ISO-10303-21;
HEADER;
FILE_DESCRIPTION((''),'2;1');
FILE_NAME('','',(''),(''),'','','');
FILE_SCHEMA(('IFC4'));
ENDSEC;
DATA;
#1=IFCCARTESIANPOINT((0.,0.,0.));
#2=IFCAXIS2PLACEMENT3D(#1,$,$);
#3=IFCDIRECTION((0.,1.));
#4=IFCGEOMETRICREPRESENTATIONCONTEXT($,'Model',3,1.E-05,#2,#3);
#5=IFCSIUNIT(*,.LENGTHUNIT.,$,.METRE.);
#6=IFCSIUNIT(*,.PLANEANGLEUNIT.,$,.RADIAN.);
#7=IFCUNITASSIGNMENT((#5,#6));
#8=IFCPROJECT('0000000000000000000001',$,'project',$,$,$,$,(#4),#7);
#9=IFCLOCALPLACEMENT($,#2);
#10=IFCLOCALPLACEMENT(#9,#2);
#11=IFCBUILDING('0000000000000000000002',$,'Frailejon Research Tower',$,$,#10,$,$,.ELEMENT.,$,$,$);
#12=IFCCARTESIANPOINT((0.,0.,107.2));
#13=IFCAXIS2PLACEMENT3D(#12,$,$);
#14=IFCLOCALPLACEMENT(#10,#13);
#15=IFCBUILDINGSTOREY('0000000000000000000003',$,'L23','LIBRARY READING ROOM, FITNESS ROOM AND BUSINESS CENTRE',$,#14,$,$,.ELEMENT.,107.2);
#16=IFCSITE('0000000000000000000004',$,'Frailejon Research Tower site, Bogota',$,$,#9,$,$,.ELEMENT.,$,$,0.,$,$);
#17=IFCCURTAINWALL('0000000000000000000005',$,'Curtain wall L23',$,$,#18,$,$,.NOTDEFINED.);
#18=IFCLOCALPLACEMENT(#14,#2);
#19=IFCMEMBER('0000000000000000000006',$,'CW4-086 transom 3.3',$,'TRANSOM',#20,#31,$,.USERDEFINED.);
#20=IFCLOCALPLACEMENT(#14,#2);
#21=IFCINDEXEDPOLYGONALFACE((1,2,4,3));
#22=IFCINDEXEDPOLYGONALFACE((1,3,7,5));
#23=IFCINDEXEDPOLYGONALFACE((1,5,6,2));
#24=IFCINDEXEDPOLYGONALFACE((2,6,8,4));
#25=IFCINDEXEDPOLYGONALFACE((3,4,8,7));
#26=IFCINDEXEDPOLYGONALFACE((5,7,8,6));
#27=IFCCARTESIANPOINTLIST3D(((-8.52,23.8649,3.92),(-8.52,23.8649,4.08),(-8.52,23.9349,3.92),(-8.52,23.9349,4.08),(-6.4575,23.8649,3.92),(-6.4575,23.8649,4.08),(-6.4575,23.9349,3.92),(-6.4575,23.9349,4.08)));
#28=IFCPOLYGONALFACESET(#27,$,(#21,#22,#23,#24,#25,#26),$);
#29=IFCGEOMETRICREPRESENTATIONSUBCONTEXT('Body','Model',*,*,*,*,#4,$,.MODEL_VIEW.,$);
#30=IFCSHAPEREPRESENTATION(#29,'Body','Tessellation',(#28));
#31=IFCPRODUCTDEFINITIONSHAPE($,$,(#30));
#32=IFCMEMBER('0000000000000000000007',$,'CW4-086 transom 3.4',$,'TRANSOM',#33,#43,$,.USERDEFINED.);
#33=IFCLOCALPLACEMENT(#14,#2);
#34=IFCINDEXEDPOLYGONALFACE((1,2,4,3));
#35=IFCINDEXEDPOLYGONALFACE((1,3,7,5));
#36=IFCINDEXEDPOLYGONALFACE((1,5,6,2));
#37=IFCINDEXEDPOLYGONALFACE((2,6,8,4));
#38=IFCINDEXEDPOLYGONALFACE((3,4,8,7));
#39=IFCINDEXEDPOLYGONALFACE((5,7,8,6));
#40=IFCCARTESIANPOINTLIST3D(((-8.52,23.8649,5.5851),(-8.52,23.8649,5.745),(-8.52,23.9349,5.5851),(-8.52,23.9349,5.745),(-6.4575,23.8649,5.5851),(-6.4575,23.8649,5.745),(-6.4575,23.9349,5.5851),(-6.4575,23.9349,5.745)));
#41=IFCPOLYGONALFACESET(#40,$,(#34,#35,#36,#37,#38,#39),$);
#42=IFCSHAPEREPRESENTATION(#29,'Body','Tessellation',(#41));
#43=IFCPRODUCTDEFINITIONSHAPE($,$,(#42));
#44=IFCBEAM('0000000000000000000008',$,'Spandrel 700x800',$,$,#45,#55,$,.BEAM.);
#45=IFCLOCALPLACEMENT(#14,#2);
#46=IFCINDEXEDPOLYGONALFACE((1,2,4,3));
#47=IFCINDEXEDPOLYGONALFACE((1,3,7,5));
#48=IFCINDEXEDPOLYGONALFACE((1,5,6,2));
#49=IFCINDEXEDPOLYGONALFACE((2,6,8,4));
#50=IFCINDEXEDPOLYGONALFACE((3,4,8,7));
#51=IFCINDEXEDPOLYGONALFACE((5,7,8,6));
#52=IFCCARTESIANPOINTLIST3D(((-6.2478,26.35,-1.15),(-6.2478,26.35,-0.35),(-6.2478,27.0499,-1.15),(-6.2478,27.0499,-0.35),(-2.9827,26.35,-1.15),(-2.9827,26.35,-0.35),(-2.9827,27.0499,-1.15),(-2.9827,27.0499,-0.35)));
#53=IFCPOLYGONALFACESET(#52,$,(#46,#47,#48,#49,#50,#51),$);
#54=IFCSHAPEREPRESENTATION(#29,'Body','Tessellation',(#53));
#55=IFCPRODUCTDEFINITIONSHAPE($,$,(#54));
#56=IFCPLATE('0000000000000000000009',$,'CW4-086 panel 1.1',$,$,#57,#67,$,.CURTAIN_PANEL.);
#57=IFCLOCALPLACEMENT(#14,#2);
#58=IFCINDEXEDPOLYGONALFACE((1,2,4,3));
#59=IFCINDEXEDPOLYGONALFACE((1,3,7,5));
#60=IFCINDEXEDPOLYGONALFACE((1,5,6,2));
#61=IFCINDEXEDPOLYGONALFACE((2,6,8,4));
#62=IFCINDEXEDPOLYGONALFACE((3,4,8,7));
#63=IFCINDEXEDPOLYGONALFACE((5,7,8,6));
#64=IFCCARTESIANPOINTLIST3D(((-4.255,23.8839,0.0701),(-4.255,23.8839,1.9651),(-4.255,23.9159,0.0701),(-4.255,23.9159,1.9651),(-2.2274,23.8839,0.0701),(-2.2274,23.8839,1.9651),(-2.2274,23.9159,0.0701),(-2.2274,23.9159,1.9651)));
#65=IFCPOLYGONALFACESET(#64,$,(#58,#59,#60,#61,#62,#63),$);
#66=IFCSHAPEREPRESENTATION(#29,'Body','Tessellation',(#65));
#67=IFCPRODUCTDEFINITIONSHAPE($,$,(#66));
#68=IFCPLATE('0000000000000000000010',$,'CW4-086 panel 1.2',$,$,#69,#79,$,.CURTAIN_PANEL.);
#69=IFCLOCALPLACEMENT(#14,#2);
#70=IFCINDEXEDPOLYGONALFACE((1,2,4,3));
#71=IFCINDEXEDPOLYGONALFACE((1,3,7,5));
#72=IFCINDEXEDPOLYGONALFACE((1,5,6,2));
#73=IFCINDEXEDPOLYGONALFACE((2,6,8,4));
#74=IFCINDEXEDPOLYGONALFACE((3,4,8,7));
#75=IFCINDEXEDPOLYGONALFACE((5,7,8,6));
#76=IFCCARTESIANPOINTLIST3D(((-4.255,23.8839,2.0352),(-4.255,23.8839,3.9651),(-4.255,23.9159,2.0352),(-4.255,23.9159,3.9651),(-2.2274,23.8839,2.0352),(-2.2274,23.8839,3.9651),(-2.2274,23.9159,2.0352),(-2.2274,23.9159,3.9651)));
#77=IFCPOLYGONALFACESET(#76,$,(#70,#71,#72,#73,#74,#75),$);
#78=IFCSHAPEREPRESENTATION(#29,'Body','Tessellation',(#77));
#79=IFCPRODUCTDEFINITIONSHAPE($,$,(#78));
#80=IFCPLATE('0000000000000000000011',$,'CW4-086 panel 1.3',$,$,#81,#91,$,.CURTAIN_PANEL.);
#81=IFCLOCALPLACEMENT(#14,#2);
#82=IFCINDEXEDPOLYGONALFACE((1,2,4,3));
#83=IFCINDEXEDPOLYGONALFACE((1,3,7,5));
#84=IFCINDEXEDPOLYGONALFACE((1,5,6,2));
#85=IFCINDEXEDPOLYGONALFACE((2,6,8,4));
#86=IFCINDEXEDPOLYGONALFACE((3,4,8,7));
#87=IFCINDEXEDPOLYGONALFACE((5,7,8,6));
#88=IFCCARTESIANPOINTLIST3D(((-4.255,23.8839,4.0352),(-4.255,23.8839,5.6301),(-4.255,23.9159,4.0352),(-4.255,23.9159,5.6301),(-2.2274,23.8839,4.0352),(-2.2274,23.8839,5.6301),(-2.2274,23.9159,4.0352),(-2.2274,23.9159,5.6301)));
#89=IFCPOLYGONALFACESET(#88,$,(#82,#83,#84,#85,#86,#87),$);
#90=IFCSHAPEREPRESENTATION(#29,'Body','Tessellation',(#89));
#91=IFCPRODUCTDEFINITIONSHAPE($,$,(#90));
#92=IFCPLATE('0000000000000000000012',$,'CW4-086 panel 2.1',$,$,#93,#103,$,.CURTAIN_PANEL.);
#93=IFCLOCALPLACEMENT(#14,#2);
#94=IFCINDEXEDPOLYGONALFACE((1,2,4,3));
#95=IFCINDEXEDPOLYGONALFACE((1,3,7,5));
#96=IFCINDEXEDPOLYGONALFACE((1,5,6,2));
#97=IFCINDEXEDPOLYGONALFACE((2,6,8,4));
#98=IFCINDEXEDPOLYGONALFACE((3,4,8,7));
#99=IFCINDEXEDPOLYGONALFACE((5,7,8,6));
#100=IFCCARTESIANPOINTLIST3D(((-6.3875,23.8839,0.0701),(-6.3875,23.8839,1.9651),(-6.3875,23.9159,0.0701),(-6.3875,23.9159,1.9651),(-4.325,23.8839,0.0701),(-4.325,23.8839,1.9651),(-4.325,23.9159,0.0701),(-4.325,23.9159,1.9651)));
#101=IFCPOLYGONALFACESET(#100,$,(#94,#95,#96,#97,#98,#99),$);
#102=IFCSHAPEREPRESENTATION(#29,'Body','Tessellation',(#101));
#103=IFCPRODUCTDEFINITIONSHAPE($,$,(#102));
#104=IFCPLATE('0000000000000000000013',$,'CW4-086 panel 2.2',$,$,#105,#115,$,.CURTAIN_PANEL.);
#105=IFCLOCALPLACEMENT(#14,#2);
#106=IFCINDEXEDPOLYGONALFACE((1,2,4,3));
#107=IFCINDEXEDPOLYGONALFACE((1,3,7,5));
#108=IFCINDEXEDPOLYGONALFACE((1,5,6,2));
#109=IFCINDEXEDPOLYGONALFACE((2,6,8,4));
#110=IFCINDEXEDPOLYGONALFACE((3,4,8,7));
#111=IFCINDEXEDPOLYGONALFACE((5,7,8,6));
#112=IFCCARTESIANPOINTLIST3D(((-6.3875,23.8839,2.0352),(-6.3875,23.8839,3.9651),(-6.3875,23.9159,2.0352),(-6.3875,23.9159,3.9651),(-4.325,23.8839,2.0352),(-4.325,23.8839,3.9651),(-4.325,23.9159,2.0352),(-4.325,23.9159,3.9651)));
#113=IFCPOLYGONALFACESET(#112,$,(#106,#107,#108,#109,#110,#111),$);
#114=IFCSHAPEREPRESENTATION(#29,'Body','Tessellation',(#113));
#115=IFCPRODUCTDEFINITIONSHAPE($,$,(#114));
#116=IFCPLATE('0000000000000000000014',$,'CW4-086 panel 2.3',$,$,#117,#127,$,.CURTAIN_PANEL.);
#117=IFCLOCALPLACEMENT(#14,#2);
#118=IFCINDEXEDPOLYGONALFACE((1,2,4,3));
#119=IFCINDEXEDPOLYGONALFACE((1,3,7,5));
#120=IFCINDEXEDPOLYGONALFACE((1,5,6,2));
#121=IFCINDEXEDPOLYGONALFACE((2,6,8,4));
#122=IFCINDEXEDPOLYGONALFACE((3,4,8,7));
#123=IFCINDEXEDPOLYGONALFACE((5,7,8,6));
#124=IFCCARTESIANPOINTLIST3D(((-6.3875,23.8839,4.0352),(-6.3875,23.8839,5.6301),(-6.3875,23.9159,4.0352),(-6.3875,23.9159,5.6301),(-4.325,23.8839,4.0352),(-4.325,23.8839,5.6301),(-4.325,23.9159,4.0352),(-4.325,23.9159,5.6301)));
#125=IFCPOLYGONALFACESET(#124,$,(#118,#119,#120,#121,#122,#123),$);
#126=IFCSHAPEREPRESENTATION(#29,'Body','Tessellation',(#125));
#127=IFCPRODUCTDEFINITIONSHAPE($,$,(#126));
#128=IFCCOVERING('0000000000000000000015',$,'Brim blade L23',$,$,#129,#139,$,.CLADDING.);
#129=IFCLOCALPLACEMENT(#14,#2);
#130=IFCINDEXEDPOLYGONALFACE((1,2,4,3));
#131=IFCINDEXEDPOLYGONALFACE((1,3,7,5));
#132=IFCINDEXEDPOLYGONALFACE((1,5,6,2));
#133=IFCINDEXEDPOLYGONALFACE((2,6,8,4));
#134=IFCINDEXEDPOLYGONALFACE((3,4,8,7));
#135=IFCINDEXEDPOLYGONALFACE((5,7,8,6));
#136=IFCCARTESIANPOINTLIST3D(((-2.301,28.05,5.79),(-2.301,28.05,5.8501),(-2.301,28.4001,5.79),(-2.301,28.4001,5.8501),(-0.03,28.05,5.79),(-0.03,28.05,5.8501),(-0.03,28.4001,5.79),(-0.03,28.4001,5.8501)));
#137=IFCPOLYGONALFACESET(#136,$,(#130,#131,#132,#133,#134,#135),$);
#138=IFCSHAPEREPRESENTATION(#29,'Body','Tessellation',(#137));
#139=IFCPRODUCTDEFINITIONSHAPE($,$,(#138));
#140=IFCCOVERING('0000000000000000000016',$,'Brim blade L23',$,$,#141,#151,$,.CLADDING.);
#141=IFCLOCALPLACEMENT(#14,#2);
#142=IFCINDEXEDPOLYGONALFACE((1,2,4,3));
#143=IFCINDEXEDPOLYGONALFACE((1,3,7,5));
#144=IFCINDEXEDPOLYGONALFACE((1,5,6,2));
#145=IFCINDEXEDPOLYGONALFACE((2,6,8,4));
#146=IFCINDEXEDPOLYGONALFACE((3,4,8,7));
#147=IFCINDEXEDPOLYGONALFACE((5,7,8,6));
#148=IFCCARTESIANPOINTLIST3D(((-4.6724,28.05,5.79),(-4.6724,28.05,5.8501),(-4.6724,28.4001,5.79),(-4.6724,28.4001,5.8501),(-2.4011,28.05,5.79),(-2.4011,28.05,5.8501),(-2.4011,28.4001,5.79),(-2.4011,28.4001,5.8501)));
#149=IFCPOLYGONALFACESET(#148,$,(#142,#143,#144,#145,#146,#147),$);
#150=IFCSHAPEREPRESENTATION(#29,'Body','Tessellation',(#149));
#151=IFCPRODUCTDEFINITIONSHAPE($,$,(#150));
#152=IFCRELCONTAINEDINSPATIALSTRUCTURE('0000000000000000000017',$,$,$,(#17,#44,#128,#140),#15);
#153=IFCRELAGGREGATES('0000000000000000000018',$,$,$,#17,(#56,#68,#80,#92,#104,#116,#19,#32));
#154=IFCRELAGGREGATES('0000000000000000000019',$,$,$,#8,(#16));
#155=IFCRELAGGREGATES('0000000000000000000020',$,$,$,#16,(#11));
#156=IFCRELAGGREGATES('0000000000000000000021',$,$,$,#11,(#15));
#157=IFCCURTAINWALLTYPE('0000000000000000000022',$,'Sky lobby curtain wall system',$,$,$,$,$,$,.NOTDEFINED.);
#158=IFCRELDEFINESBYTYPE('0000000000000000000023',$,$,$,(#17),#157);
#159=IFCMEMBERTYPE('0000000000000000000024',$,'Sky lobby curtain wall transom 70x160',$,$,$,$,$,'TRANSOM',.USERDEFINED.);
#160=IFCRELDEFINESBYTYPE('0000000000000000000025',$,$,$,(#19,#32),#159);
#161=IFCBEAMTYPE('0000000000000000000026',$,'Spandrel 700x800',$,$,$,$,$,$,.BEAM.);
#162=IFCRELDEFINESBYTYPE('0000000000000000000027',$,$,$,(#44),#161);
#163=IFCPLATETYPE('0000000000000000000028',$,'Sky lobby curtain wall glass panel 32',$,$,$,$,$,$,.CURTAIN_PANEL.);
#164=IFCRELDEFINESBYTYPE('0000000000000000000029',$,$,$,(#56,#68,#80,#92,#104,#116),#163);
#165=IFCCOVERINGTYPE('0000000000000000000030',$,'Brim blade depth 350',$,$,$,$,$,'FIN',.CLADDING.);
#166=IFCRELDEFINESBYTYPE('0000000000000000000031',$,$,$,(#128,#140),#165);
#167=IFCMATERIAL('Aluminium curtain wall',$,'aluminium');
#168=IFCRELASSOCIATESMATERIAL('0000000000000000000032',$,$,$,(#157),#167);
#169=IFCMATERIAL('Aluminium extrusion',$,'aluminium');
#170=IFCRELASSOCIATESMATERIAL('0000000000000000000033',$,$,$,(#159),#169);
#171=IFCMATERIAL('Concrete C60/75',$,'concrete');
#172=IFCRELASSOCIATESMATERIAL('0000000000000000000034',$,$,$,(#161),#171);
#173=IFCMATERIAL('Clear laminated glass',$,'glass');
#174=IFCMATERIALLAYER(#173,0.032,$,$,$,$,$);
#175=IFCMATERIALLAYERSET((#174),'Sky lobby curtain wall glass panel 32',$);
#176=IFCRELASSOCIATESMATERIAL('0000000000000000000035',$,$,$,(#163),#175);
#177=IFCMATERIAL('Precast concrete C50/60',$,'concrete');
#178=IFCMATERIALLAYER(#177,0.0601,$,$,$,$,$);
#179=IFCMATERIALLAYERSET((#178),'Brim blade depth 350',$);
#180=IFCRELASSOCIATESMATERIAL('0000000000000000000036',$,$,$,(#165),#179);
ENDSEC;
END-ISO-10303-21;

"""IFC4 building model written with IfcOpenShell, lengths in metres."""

from ifc_helpers import new_model, si_unit, direction, frame, origin, origin_2d, place, context, subcontext, project, spatial, polyline, rectangle, outline, extrude, material, layer, layer_set, material_profile, profile_set, type_object, element, aggregate, save


model = new_model("IFC4")

# Units and contexts
model_context = context("Model", 3, precision=1e-05, world=origin(), true_north=direction((0.0, 1.0)))
body_context = subcontext(model_context, "Body", "Model", "MODEL_VIEW")
ifc_project = project(units=[si_unit("LENGTHUNIT", "METRE"), si_unit("PLANEANGLEUNIT", "RADIAN")], contexts=[model_context])

# Site, building, storey
site_placement = place(None, origin())
site = spatial("IfcSite", under=ifc_project, at=site_placement, Name="Frailejon Research Tower site, Bogota", CompositionType="ELEMENT", RefElevation=0.0)
building_placement = place(site_placement, origin())
building = spatial("IfcBuilding", under=site, at=building_placement, Name="Frailejon Research Tower", CompositionType="ELEMENT")
storey_placement = place(building_placement, frame((0.0, 0.0, 107.2)))
storey = spatial("IfcBuildingStorey", under=building, at=storey_placement, Name="L23", Description="LIBRARY READING ROOM, FITNESS ROOM AND BUSINESS CENTRE", CompositionType="ELEMENT", Elevation=107.2)

# Curtain wall, members
ifc_material_1 = material(Name="Aluminium curtain wall", Category="aluminium")
curtain_wall_type = type_object("IfcCurtainWallType", Name="Sky lobby curtain wall system", PredefinedType="NOTDEFINED", material=ifc_material_1)
curtain_wall_placement = place(storey_placement, origin())
curtain_wall = element("IfcCurtainWall", 1, at=curtain_wall_placement, inside=storey, type_object=curtain_wall_type, Name="Curtain wall L23", PredefinedType="NOTDEFINED")
ifc_material_2 = material(Name="Aluminium extrusion", Category="aluminium")
ifc_material_profile_1 = material_profile(ifc_material_2, rectangle(XDim=0.0701, YDim=0.1599, at=origin_2d()), Name="Sky lobby curtain wall transom 70x160")
ifc_profile_set_1 = profile_set([ifc_material_profile_1], Name="Aluminium extrusion")
member_type_1 = type_object("IfcMemberType", Name="Sky lobby curtain wall transom 70x160", ElementType="TRANSOM", PredefinedType="USERDEFINED", material=ifc_profile_set_1)
member_1_placement = place(storey_placement, frame((-6.4575, 23.8999, 4.0), z_axis=(-1.0, 0.0, 0.0), x_axis=(0.0, -1.0, 0.0)))
member_1 = element("IfcMember", 2, at=member_1_placement, type_object=member_type_1, Name="CW4-086 transom 3.3", ObjectType="TRANSOM", PredefinedType="USERDEFINED", context=body_context, shape_type="SweptSolid", body=[
    extrude(rectangle(XDim=0.0701, YDim=0.1599, at=origin_2d()), origin(), (0.0, 0.0, 1.0), 2.0625),
])
member_2_placement = place(storey_placement, frame((-6.4575, 23.8999, 5.665), z_axis=(-1.0, 0.0, 0.0), x_axis=(0.0, -1.0, 0.0)))
member_2 = element("IfcMember", 3, at=member_2_placement, type_object=member_type_1, Name="CW4-086 transom 3.4", ObjectType="TRANSOM", PredefinedType="USERDEFINED", context=body_context, shape_type="SweptSolid", body=[
    extrude(rectangle(XDim=0.0701, YDim=0.1599, at=origin_2d()), origin(), (0.0, 0.0, 1.0), 2.0625),
])

# Beam
ifc_material_3 = material(Name="Concrete C60/75", Category="concrete")
ifc_material_profile_2 = material_profile(ifc_material_3, rectangle(XDim=0.7, YDim=0.8, at=origin_2d()), Name="Spandrel 700x800")
ifc_profile_set_2 = profile_set([ifc_material_profile_2], Name="Concrete C60/75")
beam_type_1 = type_object("IfcBeamType", Name="Spandrel 700x800", PredefinedType="BEAM", material=ifc_profile_set_2)
beam_1_placement = place(storey_placement, frame((-2.9827, 26.7, -0.75), z_axis=(-1.0, 0.0, 0.0), x_axis=(0.0, -1.0, 0.0)))
element("IfcBeam", 4, at=beam_1_placement, inside=storey, type_object=beam_type_1, Name="Spandrel 700x800", PredefinedType="BEAM", context=body_context, shape_type="SweptSolid", body=[
    extrude(rectangle(XDim=0.7, YDim=0.8, at=origin_2d()), origin(), (0.0, 0.0, 1.0), 3.2651),
])

# Plates
ifc_material_4 = material(Name="Clear laminated glass", Category="glass")
ifc_layer_1 = layer(ifc_material_4, 0.032)
ifc_layer_set_1 = layer_set([ifc_layer_1], Name="Sky lobby curtain wall glass panel 32")
plate_type = type_object("IfcPlateType", Name="Sky lobby curtain wall glass panel 32", PredefinedType="CURTAIN_PANEL", material=ifc_layer_set_1)
plate_1_placement = place(storey_placement, frame((-3.2412, 23.8999, 0.0701), z_axis=(0.0, 0.0, 1.0), x_axis=(-1.0, 0.0, 0.0)))
plate_1 = element("IfcPlate", 5, at=plate_1_placement, type_object=plate_type, Name="CW4-086 panel 1.1", PredefinedType="CURTAIN_PANEL", context=body_context, shape_type="SweptSolid", body=[
    extrude(rectangle(XDim=2.0276, YDim=0.032, at=origin_2d()), origin(), (0.0, 0.0, 1.0), 1.895),
])
plate_2_placement = place(storey_placement, frame((-3.2412, 23.8999, 2.0352), z_axis=(0.0, 0.0, 1.0), x_axis=(-1.0, 0.0, 0.0)))
plate_2 = element("IfcPlate", 6, at=plate_2_placement, type_object=plate_type, Name="CW4-086 panel 1.2", PredefinedType="CURTAIN_PANEL", context=body_context, shape_type="SweptSolid", body=[
    extrude(rectangle(XDim=2.0276, YDim=0.032, at=origin_2d()), origin(), (0.0, 0.0, 1.0), 1.9299),
])
plate_3_placement = place(storey_placement, frame((-3.2412, 23.8999, 4.0352), z_axis=(0.0, 0.0, 1.0), x_axis=(-1.0, 0.0, 0.0)))
plate_3 = element("IfcPlate", 7, at=plate_3_placement, type_object=plate_type, Name="CW4-086 panel 1.3", PredefinedType="CURTAIN_PANEL", context=body_context, shape_type="SweptSolid", body=[
    extrude(rectangle(XDim=2.0276, YDim=0.032, at=origin_2d()), origin(), (0.0, 0.0, 1.0), 1.595),
])
plate_4_placement = place(storey_placement, frame((-5.3562, 23.8999, 0.0701), z_axis=(0.0, 0.0, 1.0), x_axis=(-1.0, 0.0, 0.0)))
plate_4 = element("IfcPlate", 8, at=plate_4_placement, type_object=plate_type, Name="CW4-086 panel 2.1", PredefinedType="CURTAIN_PANEL", context=body_context, shape_type="SweptSolid", body=[
    extrude(rectangle(XDim=2.0625, YDim=0.032, at=origin_2d()), origin(), (0.0, 0.0, 1.0), 1.895),
])
plate_5_placement = place(storey_placement, frame((-5.3562, 23.8999, 2.0352), z_axis=(0.0, 0.0, 1.0), x_axis=(-1.0, 0.0, 0.0)))
plate_5 = element("IfcPlate", 9, at=plate_5_placement, type_object=plate_type, Name="CW4-086 panel 2.2", PredefinedType="CURTAIN_PANEL", context=body_context, shape_type="SweptSolid", body=[
    extrude(rectangle(XDim=2.0625, YDim=0.032, at=origin_2d()), origin(), (0.0, 0.0, 1.0), 1.9299),
])
plate_6_placement = place(storey_placement, frame((-5.3562, 23.8999, 4.0352), z_axis=(0.0, 0.0, 1.0), x_axis=(-1.0, 0.0, 0.0)))
plate_6 = element("IfcPlate", 10, at=plate_6_placement, type_object=plate_type, Name="CW4-086 panel 2.3", PredefinedType="CURTAIN_PANEL", context=body_context, shape_type="SweptSolid", body=[
    extrude(rectangle(XDim=2.0625, YDim=0.032, at=origin_2d()), origin(), (0.0, 0.0, 1.0), 1.595),
])
aggregate(curtain_wall, [plate_1, plate_2, plate_3, plate_4, plate_5, plate_6, member_1, member_2])

# Coverings
ifc_material_5 = material(Name="Precast concrete C50/60", Category="concrete")
ifc_layer_2 = layer(ifc_material_5, 0.0601)
ifc_layer_set_2 = layer_set([ifc_layer_2], Name="Brim blade depth 350")
covering_type = type_object("IfcCoveringType", Name="Brim blade depth 350", ElementType="FIN", PredefinedType="CLADDING", material=ifc_layer_set_2)
covering_1_placement = place(storey_placement, frame((-2.301, 28.05, 5.8501), z_axis=(1.0, 0.0, 0.0), x_axis=(0.0, 1.0, 0.0)))
element("IfcCovering", 11, at=covering_1_placement, inside=storey, type_object=covering_type, Name="Brim blade L23", PredefinedType="CLADDING", context=body_context, shape_type="SweptSolid", body=[
    extrude(outline(polyline([(0.0, -0.0601), (0.3501, -0.0601), (0.3501, 0.0), (0.0, 0.0), (0.0, -0.0601)])), origin(), (0.0, 0.0, 1.0), 2.271),
])
covering_2_placement = place(storey_placement, frame((-4.6724, 28.05, 5.8501), z_axis=(1.0, 0.0, 0.0), x_axis=(0.0, 1.0, 0.0)))
element("IfcCovering", 12, at=covering_2_placement, inside=storey, type_object=covering_type, Name="Brim blade L23", PredefinedType="CLADDING", context=body_context, shape_type="SweptSolid", body=[
    extrude(outline(polyline([(0.0, -0.0601), (0.3501, -0.0601), (0.3501, 0.0), (0.0, 0.0), (0.0, -0.0601)])), origin(), (0.0, 0.0, 1.0), 2.2712),
])

save(model, "model.ifc")
